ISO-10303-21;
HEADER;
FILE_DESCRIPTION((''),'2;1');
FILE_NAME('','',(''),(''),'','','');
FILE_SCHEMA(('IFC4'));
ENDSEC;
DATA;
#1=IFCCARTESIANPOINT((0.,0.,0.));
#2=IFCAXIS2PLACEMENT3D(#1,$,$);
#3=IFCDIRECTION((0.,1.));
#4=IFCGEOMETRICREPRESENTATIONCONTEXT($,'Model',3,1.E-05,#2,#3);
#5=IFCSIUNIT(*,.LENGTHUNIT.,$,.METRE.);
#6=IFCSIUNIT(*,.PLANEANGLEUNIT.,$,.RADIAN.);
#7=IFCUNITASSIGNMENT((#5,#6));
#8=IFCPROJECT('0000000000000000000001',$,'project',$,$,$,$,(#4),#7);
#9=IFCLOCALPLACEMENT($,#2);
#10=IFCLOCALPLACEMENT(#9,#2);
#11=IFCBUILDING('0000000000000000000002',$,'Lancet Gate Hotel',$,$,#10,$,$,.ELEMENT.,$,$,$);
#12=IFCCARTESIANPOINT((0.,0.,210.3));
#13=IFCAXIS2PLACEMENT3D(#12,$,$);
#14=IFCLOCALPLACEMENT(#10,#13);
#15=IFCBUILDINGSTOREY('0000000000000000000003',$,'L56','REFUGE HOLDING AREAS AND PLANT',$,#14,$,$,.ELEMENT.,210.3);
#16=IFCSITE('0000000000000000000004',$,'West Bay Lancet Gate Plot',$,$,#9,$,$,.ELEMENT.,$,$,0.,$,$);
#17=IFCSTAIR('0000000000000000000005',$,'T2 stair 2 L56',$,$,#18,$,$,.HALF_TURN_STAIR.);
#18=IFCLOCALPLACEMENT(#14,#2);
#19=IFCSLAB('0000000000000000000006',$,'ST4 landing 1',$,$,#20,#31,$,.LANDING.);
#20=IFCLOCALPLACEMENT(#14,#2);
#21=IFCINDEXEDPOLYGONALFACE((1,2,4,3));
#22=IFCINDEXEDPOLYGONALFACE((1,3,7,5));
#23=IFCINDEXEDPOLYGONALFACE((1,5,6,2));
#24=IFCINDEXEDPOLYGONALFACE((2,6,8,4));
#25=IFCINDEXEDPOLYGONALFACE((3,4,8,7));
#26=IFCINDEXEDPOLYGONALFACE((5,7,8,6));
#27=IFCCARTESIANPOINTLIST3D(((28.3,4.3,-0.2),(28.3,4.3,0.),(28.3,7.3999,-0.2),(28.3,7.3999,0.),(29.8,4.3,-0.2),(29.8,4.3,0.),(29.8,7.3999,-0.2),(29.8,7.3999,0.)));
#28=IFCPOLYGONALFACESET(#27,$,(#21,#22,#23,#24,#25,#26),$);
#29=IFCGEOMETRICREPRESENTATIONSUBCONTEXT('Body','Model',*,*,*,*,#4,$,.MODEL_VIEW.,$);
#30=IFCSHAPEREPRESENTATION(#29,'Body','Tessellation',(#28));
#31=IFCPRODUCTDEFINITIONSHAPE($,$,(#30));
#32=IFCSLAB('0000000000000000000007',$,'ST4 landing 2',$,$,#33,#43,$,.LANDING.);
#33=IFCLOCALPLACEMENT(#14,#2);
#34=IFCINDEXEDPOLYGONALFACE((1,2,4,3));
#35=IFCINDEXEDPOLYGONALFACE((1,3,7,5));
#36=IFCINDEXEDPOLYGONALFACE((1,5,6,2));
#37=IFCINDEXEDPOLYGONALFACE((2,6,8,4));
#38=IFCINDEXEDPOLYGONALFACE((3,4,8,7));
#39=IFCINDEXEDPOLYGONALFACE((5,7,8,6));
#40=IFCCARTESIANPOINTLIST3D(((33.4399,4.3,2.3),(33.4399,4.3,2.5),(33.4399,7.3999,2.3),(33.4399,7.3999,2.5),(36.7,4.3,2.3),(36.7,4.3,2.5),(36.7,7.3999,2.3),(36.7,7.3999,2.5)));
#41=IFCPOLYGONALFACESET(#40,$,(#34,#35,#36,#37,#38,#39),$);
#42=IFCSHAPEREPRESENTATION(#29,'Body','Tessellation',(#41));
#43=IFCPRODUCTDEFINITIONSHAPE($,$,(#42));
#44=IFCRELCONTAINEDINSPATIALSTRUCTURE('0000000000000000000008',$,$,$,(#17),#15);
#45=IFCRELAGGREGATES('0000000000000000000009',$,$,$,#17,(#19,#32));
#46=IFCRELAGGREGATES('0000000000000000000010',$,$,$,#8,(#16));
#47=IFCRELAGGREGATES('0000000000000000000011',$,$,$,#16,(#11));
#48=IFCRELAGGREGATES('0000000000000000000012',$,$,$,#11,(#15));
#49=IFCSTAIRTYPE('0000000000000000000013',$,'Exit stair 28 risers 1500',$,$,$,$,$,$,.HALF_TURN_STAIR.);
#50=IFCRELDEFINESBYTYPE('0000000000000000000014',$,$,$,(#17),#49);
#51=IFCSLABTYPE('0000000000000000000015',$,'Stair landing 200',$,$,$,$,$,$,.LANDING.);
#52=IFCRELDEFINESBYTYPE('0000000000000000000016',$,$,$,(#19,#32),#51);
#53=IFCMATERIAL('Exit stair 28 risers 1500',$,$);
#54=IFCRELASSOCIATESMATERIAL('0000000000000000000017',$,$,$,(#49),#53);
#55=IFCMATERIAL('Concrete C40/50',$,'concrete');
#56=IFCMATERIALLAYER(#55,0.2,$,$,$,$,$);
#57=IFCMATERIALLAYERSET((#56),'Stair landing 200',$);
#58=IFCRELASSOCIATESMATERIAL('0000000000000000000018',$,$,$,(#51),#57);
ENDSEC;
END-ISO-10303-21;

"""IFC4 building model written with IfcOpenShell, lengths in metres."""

from ifc_helpers import new_model, si_unit, direction, frame, origin, place, context, subcontext, project, spatial, polyline, outline, extrude, material, layer, layer_set, type_object, element, aggregate, save


model = new_model("IFC4")

# Units and contexts
model_context = context("Model", 3, precision=1e-05, world=origin(), true_north=direction((0.0, 1.0)))
body_context = subcontext(model_context, "Body", "Model", "MODEL_VIEW")
ifc_project = project(units=[si_unit("LENGTHUNIT", "METRE"), si_unit("PLANEANGLEUNIT", "RADIAN")], contexts=[model_context])

# Site, building, storey
site_placement = place(None, origin())
site = spatial("IfcSite", under=ifc_project, at=site_placement, Name="West Bay Lancet Gate Plot", CompositionType="ELEMENT", RefElevation=0.0)
building_placement = place(site_placement, origin())
building = spatial("IfcBuilding", under=site, at=building_placement, Name="Lancet Gate Hotel", CompositionType="ELEMENT")
storey_placement = place(building_placement, frame((0.0, 0.0, 210.3)))
storey = spatial("IfcBuildingStorey", under=building, at=storey_placement, Name="L56", Description="REFUGE HOLDING AREAS AND PLANT", CompositionType="ELEMENT", Elevation=210.3)

# Stair, slabs
ifc_material_1 = material(Name="Exit stair 28 risers 1500")
stair_type = type_object("IfcStairType", Name="Exit stair 28 risers 1500", PredefinedType="HALF_TURN_STAIR", material=ifc_material_1)
ifc_material_2 = material(Name="Concrete C40/50", Category="concrete")
ifc_layer_1 = layer(ifc_material_2, 0.2)
ifc_layer_set_1 = layer_set([ifc_layer_1], Name="Stair landing 200")
slab_type = type_object("IfcSlabType", Name="Stair landing 200", PredefinedType="LANDING", material=ifc_layer_set_1)
stair_1_placement = place(storey_placement, origin())
stair_1 = element("IfcStair", 1, at=stair_1_placement, inside=storey, type_object=stair_type, Name="T2 stair 2 L56", PredefinedType="HALF_TURN_STAIR")
slab_1_placement = place(storey_placement, frame((0.0, 0.0, -0.2)))
slab_1 = element("IfcSlab", 2, at=slab_1_placement, type_object=slab_type, Name="ST4 landing 1", PredefinedType="LANDING", context=body_context, shape_type="SweptSolid", body=[
    extrude(outline(polyline([(28.3, 4.3), (29.8, 4.3), (29.8, 7.3999), (28.3, 7.3999), (28.3, 4.3)])), origin(), (0.0, 0.0, 1.0), 0.2),
])
slab_2_placement = place(storey_placement, frame((0.0, 0.0, 2.3)))
slab_2 = element("IfcSlab", 3, at=slab_2_placement, type_object=slab_type, Name="ST4 landing 2", PredefinedType="LANDING", context=body_context, shape_type="SweptSolid", body=[
    extrude(outline(polyline([(33.4399, 4.3), (36.7, 4.3), (36.7, 7.3999), (33.4399, 7.3999), (33.4399, 4.3)])), origin(), (0.0, 0.0, 1.0), 0.2),
])
aggregate(stair_1, [slab_1, slab_2])

save(model, "model.ifc")
